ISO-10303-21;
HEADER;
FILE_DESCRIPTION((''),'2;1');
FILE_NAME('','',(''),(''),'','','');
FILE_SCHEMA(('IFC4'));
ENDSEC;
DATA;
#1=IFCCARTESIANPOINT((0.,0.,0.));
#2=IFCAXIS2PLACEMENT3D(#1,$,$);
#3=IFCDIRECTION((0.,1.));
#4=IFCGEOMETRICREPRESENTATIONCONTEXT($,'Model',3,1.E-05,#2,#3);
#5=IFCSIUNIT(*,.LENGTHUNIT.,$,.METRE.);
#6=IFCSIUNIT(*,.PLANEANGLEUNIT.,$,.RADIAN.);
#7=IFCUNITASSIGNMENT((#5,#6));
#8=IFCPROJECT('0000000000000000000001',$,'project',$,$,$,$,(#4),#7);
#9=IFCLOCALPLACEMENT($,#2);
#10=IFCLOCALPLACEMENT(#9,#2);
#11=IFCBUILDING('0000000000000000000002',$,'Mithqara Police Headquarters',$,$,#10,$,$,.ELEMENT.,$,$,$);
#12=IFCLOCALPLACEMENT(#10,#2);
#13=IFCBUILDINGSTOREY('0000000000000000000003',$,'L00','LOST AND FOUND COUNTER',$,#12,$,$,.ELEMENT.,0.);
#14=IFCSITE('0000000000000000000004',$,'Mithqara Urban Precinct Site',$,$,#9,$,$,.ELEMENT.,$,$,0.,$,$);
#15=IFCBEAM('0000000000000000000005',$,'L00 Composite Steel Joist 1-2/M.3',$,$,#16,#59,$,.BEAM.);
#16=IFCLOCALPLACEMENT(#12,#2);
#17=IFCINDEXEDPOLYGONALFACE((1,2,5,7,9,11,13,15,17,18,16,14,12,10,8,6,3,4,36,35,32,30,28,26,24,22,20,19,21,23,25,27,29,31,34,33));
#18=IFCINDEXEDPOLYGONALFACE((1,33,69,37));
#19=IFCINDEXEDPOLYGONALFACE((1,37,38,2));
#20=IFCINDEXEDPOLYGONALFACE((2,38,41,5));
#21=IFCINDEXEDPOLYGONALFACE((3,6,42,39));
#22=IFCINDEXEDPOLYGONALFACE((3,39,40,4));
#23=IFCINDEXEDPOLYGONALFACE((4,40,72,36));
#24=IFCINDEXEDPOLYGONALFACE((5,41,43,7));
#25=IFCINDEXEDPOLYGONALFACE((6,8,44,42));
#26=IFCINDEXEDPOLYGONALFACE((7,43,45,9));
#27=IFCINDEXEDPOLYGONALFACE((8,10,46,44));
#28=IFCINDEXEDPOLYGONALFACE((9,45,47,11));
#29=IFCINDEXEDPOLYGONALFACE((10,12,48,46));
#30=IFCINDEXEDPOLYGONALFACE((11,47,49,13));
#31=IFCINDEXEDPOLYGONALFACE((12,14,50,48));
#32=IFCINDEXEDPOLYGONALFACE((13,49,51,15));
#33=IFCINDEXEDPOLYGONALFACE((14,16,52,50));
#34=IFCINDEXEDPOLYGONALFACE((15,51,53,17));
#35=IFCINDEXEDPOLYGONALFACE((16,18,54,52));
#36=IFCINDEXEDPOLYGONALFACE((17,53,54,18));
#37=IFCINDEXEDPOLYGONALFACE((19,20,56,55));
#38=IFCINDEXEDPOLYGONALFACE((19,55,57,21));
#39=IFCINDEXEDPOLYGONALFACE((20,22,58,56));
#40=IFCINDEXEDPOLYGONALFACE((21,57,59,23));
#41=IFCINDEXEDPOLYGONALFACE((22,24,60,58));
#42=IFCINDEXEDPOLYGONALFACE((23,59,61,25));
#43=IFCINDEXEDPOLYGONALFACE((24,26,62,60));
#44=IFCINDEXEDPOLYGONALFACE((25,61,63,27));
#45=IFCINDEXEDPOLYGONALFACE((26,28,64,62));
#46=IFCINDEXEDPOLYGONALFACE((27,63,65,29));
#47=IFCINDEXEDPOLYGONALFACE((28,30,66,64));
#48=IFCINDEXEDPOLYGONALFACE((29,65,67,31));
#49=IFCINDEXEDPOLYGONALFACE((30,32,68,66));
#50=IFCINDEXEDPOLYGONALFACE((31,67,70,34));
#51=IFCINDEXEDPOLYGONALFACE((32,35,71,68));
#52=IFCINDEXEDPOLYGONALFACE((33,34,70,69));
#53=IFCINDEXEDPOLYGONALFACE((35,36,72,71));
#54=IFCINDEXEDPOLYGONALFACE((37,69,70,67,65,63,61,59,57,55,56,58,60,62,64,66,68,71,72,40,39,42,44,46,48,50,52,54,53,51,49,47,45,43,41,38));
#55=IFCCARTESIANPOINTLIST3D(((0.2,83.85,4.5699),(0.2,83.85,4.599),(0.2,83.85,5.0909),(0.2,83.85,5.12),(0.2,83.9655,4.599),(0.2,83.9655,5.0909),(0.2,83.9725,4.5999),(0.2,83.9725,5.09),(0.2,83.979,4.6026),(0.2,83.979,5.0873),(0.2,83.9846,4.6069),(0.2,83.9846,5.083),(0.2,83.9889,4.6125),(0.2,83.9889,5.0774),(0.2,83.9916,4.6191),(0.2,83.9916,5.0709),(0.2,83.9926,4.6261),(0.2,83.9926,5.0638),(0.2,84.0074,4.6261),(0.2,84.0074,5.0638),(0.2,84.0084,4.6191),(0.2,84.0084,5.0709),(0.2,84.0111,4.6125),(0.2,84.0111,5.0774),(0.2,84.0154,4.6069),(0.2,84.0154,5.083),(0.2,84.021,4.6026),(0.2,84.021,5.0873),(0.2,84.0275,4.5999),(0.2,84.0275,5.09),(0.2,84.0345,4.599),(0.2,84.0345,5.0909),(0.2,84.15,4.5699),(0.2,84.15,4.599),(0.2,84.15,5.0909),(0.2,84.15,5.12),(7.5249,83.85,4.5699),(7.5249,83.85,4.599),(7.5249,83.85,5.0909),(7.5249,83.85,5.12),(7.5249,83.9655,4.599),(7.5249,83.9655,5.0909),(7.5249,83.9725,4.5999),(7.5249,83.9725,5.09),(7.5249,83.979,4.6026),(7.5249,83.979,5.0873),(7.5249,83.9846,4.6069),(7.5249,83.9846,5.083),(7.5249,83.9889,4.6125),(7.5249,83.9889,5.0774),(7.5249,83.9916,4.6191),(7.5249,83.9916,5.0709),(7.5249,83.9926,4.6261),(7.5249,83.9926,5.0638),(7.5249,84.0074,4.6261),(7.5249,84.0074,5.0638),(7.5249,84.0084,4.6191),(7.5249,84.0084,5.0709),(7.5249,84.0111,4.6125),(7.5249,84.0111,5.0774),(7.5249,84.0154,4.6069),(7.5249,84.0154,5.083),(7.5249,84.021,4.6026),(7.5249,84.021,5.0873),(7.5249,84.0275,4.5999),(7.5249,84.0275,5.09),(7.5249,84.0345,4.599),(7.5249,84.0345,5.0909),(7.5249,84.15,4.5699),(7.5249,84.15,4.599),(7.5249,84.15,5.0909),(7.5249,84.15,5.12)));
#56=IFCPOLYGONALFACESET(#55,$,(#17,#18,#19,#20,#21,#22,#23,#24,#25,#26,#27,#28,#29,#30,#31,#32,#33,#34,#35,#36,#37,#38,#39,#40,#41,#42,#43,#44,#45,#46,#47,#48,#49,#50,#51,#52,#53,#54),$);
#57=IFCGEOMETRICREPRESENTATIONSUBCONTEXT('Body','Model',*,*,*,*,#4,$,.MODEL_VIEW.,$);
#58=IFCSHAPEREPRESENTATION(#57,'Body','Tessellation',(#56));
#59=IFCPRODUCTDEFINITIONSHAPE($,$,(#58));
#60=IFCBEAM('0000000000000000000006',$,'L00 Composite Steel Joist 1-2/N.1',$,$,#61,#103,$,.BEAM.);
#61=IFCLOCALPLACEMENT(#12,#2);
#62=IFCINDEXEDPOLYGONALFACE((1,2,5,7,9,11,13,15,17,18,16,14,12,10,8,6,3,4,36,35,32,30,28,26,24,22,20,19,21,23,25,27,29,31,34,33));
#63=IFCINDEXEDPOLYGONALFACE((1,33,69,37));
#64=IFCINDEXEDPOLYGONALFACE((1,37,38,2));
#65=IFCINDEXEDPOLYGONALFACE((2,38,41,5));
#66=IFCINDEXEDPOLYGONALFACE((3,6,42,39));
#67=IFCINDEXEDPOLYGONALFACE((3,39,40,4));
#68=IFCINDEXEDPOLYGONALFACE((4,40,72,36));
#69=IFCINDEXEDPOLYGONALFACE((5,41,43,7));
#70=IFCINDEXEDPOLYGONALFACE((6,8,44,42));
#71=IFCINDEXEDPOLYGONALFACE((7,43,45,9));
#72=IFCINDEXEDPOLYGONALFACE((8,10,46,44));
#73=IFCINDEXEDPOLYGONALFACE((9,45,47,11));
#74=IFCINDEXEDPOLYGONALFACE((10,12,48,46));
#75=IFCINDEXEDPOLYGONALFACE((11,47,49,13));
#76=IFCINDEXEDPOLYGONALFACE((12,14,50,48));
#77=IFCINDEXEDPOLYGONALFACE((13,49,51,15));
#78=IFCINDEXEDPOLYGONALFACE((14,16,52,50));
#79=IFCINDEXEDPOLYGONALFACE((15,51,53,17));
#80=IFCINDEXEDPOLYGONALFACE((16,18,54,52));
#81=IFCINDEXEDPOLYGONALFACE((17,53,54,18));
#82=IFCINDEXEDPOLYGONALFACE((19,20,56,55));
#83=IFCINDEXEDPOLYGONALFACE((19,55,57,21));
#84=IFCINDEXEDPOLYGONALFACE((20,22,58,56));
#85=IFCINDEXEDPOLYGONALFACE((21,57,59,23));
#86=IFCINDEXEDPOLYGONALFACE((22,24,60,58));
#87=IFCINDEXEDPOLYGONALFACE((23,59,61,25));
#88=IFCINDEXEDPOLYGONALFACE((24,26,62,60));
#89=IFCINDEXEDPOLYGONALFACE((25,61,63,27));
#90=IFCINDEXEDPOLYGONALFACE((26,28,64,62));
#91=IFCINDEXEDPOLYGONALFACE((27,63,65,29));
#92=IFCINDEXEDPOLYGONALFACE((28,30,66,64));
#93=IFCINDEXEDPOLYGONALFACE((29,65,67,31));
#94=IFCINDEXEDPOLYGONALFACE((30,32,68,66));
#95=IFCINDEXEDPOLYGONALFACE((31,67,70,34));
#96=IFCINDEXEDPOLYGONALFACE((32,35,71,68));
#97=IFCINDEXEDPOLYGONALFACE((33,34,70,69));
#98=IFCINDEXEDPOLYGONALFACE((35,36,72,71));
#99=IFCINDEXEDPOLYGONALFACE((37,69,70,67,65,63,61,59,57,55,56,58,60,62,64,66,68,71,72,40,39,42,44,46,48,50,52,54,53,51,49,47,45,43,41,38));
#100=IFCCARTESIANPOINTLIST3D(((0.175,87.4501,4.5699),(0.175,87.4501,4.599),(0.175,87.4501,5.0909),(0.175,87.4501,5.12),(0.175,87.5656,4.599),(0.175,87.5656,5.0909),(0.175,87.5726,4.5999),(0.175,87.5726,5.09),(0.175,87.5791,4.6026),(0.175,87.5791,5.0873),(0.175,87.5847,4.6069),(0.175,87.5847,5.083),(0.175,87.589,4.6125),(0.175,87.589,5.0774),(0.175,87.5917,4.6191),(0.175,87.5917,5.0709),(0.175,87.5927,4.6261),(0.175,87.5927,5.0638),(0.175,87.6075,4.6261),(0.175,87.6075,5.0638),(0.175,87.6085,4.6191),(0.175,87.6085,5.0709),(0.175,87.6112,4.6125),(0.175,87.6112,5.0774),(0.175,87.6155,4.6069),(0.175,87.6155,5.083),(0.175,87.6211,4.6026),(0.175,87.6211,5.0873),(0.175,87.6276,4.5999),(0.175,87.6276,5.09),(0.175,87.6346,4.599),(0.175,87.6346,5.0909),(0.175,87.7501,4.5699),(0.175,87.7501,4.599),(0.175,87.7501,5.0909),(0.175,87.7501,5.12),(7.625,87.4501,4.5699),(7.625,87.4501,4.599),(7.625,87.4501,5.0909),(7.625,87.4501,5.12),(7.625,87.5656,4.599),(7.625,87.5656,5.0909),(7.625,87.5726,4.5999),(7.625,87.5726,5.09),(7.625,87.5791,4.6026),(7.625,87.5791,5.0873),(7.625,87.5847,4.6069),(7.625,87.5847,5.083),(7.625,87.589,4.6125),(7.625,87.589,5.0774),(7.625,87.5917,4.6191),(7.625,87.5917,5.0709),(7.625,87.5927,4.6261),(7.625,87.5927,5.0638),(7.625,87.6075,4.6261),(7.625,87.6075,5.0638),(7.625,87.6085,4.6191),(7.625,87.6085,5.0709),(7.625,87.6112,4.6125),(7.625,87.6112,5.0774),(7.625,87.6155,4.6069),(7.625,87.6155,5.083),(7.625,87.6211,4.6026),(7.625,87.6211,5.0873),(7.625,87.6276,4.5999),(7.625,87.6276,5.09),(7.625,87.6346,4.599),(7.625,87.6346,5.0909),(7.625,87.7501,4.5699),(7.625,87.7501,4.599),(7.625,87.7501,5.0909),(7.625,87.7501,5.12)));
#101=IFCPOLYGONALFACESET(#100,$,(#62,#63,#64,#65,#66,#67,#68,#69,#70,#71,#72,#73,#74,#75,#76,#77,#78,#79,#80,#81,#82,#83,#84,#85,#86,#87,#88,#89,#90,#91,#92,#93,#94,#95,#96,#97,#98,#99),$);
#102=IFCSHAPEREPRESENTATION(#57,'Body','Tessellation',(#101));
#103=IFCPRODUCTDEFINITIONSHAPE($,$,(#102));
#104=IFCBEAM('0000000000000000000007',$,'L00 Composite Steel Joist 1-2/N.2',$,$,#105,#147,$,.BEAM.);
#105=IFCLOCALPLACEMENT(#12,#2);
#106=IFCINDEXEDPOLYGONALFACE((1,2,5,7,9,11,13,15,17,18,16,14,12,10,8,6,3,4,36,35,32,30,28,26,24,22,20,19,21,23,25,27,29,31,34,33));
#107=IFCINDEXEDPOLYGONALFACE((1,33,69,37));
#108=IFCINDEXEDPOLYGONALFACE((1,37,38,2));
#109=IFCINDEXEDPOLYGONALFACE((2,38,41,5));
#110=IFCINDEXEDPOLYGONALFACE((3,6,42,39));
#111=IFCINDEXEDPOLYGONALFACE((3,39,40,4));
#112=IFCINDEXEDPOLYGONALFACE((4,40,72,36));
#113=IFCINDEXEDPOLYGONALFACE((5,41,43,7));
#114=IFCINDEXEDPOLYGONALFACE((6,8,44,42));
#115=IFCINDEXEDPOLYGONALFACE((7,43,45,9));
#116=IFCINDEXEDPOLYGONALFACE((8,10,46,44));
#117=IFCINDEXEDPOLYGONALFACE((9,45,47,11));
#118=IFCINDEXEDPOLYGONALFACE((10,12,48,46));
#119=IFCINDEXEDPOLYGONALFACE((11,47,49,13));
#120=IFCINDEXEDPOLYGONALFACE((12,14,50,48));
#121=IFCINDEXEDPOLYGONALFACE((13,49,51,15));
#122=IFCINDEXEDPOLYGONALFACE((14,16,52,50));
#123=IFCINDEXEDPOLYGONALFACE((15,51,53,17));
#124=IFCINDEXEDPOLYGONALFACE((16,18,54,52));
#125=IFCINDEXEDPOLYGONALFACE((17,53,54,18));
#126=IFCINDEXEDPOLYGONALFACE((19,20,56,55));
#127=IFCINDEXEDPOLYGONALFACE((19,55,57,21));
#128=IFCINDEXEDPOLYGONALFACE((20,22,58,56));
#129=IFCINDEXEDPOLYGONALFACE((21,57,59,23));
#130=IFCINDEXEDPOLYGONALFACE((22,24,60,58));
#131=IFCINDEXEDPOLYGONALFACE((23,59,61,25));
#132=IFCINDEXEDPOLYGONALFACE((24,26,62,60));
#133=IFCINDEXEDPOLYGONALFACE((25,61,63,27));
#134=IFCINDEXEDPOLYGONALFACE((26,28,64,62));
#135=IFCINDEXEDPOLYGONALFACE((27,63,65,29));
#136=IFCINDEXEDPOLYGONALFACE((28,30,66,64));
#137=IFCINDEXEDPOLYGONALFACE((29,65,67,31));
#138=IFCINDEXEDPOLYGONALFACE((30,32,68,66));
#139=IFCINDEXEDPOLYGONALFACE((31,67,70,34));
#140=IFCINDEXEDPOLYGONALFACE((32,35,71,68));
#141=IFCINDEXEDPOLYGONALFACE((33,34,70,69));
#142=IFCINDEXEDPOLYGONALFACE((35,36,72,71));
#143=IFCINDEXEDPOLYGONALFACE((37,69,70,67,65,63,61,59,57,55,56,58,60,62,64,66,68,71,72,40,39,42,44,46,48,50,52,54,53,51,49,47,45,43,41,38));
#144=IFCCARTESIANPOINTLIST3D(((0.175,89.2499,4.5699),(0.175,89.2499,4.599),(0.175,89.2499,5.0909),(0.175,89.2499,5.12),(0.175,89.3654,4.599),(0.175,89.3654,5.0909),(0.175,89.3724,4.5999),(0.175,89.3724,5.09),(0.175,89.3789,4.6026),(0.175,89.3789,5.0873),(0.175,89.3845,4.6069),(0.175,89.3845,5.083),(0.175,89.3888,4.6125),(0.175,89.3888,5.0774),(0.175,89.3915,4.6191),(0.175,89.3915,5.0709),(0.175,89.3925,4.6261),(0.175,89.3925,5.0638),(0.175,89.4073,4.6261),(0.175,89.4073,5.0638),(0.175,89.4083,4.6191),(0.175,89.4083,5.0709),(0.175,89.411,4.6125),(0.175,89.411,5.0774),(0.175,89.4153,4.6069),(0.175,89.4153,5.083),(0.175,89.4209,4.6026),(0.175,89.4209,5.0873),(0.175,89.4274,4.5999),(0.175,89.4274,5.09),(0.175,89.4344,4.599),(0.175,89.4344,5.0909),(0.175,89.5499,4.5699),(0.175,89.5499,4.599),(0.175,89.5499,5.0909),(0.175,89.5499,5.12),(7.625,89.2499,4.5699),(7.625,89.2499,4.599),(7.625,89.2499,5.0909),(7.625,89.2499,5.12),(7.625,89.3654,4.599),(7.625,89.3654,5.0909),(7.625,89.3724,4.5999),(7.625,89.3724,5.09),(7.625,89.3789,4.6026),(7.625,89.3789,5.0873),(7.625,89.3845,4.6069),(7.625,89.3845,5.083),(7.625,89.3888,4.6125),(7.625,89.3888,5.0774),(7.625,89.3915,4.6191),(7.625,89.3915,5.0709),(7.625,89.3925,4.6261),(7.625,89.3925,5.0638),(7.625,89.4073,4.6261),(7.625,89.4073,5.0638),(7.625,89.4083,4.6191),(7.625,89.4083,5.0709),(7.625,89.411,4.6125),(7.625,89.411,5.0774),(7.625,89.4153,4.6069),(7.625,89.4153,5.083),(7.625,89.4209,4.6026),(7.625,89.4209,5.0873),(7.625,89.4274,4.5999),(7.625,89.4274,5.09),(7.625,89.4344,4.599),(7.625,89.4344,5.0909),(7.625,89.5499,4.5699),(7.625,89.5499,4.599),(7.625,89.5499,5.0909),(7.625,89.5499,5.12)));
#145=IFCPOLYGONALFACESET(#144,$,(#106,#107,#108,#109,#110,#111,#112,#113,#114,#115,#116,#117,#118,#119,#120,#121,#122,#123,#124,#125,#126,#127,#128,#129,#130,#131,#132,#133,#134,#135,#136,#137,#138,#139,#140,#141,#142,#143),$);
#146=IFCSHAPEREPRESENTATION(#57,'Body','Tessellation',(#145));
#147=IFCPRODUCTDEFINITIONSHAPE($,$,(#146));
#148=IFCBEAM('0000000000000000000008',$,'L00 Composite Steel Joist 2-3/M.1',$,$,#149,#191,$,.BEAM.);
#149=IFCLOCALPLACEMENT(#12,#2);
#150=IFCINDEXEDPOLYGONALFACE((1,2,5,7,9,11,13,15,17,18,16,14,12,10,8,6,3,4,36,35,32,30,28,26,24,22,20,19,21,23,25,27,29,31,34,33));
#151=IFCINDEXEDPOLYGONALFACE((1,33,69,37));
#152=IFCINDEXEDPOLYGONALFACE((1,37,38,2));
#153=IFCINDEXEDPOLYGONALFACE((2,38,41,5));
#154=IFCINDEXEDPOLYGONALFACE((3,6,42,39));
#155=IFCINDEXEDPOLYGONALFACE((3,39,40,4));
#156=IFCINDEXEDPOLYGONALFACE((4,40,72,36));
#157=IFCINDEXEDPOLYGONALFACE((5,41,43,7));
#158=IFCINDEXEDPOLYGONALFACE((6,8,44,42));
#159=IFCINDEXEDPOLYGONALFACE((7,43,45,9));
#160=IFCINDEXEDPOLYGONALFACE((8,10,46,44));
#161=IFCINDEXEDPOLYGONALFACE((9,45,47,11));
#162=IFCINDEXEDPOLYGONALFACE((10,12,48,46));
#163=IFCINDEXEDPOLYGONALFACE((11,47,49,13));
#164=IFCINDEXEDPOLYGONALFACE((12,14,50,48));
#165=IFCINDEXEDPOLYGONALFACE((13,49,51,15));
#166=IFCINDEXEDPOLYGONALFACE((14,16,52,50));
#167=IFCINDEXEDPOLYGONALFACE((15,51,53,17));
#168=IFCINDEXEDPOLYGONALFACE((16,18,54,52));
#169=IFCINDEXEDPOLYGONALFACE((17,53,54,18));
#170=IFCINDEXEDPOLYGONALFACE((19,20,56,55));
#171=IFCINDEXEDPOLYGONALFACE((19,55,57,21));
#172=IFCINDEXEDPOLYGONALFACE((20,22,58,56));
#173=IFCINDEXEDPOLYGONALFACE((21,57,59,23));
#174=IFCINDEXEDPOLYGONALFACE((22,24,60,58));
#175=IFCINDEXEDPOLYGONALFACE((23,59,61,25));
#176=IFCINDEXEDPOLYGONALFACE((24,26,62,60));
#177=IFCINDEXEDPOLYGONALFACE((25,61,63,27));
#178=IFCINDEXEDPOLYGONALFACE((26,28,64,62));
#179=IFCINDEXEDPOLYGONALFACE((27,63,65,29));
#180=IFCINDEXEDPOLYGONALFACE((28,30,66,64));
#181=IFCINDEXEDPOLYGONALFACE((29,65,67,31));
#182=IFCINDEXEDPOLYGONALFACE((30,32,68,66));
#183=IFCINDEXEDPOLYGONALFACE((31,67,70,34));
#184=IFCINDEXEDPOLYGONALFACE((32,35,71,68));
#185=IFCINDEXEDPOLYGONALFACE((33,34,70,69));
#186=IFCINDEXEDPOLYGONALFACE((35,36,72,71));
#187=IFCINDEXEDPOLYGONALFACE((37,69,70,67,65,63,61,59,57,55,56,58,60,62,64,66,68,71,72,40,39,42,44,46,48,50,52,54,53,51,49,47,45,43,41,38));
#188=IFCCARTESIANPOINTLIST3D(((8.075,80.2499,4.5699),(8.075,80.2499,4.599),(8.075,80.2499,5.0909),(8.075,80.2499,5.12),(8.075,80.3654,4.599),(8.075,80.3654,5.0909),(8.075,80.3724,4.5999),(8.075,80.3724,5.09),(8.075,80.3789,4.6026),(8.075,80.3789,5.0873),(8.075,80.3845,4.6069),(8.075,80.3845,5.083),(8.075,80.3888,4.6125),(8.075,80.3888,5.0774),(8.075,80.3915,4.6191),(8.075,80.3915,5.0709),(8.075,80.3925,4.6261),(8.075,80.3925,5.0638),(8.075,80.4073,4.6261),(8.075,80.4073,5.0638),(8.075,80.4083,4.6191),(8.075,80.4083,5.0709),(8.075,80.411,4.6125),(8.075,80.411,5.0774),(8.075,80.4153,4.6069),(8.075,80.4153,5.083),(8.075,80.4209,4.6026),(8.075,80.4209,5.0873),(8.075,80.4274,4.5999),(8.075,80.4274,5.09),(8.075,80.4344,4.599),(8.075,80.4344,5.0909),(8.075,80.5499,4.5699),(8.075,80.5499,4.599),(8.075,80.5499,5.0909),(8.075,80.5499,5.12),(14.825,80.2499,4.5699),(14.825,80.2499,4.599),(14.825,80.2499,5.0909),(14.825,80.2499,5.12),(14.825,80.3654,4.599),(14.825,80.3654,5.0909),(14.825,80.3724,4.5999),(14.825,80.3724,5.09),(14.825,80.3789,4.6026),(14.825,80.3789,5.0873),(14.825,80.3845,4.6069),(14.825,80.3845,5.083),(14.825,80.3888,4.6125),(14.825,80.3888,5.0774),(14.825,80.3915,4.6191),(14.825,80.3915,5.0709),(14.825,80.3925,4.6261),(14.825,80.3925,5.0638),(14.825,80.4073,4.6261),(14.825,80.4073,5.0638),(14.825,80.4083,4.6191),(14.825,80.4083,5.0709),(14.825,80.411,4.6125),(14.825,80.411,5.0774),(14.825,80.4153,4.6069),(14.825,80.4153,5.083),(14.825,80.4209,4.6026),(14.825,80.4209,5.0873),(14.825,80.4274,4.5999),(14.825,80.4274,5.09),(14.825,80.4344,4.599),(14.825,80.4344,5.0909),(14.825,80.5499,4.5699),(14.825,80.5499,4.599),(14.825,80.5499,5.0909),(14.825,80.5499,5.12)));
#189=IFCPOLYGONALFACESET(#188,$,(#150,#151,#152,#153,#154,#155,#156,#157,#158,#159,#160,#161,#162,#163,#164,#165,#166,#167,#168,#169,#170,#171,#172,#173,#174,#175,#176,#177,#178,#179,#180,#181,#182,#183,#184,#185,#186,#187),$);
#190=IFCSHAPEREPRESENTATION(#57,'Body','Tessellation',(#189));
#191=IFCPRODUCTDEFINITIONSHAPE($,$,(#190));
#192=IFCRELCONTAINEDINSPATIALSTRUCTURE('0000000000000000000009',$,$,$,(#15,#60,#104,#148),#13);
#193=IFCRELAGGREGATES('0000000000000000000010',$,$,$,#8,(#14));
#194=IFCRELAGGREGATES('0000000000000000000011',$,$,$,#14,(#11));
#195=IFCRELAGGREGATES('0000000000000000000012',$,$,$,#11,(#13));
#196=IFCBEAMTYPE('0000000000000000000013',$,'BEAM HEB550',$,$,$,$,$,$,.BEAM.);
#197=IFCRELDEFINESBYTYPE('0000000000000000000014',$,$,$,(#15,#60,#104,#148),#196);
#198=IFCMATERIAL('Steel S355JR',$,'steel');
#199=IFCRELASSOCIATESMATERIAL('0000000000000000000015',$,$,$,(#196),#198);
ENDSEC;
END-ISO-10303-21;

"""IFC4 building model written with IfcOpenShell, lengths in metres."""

from ifc_helpers import new_model, si_unit, direction, frame, origin, origin_2d, place, context, subcontext, project, spatial, i_section, extrude, material, material_profile, profile_set, type_object, element, save


model = new_model("IFC4")

# Units and contexts
model_context = context("Model", 3, precision=1e-05, world=origin(), true_north=direction((0.0, 1.0)))
body_context = subcontext(model_context, "Body", "Model", "MODEL_VIEW")
ifc_project = project(units=[si_unit("LENGTHUNIT", "METRE"), si_unit("PLANEANGLEUNIT", "RADIAN")], contexts=[model_context])

# Site, building, storey
site_placement = place(None, origin())
site = spatial("IfcSite", under=ifc_project, at=site_placement, Name="Mithqara Urban Precinct Site", CompositionType="ELEMENT", RefElevation=0.0)
building_placement = place(site_placement, origin())
building = spatial("IfcBuilding", under=site, at=building_placement, Name="Mithqara Police Headquarters", CompositionType="ELEMENT")
storey_placement = place(building_placement, origin())
storey = spatial("IfcBuildingStorey", under=building, at=storey_placement, Name="L00", Description="LOST AND FOUND COUNTER", CompositionType="ELEMENT", Elevation=0.0)

# Beams
ifc_material_1 = material(Name="Steel S355JR", Category="steel")
ifc_material_profile_1 = material_profile(ifc_material_1, i_section(OverallWidth=0.3, OverallDepth=0.55, WebThickness=0.0149, FlangeThickness=0.0291, FilletRadius=0.0271, at=origin_2d()), Name="HEB 550")
ifc_profile_set_1 = profile_set([ifc_material_profile_1], Name="Steel S355JR")
beam_type_1 = type_object("IfcBeamType", Name="BEAM HEB550", PredefinedType="BEAM", material=ifc_profile_set_1)
for number, where, z_axis, x_axis, name in (
    (1, (0.2, 84.0, 4.845), (1.0, 0.0, 0.0), (0.0, 1.0, 0.0), "L00 Composite Steel Joist 1-2/M.3"),
):
    element("IfcBeam", number, at=place(storey_placement, frame(where, z_axis=z_axis, x_axis=x_axis)), inside=storey, type_object=beam_type_1, Name=name, PredefinedType="BEAM", context=body_context, shape_type="SweptSolid", body=[
        extrude(i_section(OverallWidth=0.3, OverallDepth=0.55, WebThickness=0.0149, FlangeThickness=0.0291, FilletRadius=0.0271, at=origin_2d()), origin(), (0.0, 0.0, 1.0), 7.325),
    ])
for number, where, z_axis, x_axis, name in (
    (2, (0.175, 87.6001, 4.845), (1.0, 0.0, 0.0), (0.0, 1.0, 0.0), "L00 Composite Steel Joist 1-2/N.1"),
    (3, (0.175, 89.3999, 4.845), (1.0, 0.0, 0.0), (0.0, 1.0, 0.0), "L00 Composite Steel Joist 1-2/N.2"),
):
    element("IfcBeam", number, at=place(storey_placement, frame(where, z_axis=z_axis, x_axis=x_axis)), inside=storey, type_object=beam_type_1, Name=name, PredefinedType="BEAM", context=body_context, shape_type="SweptSolid", body=[
        extrude(i_section(OverallWidth=0.3, OverallDepth=0.55, WebThickness=0.0149, FlangeThickness=0.0291, FilletRadius=0.0271, at=origin_2d()), origin(), (0.0, 0.0, 1.0), 7.45),
    ])
for number, where, z_axis, x_axis, name in (
    (4, (8.075, 80.3999, 4.845), (1.0, 0.0, 0.0), (0.0, 1.0, 0.0), "L00 Composite Steel Joist 2-3/M.1"),
):
    element("IfcBeam", number, at=place(storey_placement, frame(where, z_axis=z_axis, x_axis=x_axis)), inside=storey, type_object=beam_type_1, Name=name, PredefinedType="BEAM", context=body_context, shape_type="SweptSolid", body=[
        extrude(i_section(OverallWidth=0.3, OverallDepth=0.55, WebThickness=0.0149, FlangeThickness=0.0291, FilletRadius=0.0271, at=origin_2d()), origin(), (0.0, 0.0, 1.0), 6.75),
    ])

save(model, "model.ifc")
